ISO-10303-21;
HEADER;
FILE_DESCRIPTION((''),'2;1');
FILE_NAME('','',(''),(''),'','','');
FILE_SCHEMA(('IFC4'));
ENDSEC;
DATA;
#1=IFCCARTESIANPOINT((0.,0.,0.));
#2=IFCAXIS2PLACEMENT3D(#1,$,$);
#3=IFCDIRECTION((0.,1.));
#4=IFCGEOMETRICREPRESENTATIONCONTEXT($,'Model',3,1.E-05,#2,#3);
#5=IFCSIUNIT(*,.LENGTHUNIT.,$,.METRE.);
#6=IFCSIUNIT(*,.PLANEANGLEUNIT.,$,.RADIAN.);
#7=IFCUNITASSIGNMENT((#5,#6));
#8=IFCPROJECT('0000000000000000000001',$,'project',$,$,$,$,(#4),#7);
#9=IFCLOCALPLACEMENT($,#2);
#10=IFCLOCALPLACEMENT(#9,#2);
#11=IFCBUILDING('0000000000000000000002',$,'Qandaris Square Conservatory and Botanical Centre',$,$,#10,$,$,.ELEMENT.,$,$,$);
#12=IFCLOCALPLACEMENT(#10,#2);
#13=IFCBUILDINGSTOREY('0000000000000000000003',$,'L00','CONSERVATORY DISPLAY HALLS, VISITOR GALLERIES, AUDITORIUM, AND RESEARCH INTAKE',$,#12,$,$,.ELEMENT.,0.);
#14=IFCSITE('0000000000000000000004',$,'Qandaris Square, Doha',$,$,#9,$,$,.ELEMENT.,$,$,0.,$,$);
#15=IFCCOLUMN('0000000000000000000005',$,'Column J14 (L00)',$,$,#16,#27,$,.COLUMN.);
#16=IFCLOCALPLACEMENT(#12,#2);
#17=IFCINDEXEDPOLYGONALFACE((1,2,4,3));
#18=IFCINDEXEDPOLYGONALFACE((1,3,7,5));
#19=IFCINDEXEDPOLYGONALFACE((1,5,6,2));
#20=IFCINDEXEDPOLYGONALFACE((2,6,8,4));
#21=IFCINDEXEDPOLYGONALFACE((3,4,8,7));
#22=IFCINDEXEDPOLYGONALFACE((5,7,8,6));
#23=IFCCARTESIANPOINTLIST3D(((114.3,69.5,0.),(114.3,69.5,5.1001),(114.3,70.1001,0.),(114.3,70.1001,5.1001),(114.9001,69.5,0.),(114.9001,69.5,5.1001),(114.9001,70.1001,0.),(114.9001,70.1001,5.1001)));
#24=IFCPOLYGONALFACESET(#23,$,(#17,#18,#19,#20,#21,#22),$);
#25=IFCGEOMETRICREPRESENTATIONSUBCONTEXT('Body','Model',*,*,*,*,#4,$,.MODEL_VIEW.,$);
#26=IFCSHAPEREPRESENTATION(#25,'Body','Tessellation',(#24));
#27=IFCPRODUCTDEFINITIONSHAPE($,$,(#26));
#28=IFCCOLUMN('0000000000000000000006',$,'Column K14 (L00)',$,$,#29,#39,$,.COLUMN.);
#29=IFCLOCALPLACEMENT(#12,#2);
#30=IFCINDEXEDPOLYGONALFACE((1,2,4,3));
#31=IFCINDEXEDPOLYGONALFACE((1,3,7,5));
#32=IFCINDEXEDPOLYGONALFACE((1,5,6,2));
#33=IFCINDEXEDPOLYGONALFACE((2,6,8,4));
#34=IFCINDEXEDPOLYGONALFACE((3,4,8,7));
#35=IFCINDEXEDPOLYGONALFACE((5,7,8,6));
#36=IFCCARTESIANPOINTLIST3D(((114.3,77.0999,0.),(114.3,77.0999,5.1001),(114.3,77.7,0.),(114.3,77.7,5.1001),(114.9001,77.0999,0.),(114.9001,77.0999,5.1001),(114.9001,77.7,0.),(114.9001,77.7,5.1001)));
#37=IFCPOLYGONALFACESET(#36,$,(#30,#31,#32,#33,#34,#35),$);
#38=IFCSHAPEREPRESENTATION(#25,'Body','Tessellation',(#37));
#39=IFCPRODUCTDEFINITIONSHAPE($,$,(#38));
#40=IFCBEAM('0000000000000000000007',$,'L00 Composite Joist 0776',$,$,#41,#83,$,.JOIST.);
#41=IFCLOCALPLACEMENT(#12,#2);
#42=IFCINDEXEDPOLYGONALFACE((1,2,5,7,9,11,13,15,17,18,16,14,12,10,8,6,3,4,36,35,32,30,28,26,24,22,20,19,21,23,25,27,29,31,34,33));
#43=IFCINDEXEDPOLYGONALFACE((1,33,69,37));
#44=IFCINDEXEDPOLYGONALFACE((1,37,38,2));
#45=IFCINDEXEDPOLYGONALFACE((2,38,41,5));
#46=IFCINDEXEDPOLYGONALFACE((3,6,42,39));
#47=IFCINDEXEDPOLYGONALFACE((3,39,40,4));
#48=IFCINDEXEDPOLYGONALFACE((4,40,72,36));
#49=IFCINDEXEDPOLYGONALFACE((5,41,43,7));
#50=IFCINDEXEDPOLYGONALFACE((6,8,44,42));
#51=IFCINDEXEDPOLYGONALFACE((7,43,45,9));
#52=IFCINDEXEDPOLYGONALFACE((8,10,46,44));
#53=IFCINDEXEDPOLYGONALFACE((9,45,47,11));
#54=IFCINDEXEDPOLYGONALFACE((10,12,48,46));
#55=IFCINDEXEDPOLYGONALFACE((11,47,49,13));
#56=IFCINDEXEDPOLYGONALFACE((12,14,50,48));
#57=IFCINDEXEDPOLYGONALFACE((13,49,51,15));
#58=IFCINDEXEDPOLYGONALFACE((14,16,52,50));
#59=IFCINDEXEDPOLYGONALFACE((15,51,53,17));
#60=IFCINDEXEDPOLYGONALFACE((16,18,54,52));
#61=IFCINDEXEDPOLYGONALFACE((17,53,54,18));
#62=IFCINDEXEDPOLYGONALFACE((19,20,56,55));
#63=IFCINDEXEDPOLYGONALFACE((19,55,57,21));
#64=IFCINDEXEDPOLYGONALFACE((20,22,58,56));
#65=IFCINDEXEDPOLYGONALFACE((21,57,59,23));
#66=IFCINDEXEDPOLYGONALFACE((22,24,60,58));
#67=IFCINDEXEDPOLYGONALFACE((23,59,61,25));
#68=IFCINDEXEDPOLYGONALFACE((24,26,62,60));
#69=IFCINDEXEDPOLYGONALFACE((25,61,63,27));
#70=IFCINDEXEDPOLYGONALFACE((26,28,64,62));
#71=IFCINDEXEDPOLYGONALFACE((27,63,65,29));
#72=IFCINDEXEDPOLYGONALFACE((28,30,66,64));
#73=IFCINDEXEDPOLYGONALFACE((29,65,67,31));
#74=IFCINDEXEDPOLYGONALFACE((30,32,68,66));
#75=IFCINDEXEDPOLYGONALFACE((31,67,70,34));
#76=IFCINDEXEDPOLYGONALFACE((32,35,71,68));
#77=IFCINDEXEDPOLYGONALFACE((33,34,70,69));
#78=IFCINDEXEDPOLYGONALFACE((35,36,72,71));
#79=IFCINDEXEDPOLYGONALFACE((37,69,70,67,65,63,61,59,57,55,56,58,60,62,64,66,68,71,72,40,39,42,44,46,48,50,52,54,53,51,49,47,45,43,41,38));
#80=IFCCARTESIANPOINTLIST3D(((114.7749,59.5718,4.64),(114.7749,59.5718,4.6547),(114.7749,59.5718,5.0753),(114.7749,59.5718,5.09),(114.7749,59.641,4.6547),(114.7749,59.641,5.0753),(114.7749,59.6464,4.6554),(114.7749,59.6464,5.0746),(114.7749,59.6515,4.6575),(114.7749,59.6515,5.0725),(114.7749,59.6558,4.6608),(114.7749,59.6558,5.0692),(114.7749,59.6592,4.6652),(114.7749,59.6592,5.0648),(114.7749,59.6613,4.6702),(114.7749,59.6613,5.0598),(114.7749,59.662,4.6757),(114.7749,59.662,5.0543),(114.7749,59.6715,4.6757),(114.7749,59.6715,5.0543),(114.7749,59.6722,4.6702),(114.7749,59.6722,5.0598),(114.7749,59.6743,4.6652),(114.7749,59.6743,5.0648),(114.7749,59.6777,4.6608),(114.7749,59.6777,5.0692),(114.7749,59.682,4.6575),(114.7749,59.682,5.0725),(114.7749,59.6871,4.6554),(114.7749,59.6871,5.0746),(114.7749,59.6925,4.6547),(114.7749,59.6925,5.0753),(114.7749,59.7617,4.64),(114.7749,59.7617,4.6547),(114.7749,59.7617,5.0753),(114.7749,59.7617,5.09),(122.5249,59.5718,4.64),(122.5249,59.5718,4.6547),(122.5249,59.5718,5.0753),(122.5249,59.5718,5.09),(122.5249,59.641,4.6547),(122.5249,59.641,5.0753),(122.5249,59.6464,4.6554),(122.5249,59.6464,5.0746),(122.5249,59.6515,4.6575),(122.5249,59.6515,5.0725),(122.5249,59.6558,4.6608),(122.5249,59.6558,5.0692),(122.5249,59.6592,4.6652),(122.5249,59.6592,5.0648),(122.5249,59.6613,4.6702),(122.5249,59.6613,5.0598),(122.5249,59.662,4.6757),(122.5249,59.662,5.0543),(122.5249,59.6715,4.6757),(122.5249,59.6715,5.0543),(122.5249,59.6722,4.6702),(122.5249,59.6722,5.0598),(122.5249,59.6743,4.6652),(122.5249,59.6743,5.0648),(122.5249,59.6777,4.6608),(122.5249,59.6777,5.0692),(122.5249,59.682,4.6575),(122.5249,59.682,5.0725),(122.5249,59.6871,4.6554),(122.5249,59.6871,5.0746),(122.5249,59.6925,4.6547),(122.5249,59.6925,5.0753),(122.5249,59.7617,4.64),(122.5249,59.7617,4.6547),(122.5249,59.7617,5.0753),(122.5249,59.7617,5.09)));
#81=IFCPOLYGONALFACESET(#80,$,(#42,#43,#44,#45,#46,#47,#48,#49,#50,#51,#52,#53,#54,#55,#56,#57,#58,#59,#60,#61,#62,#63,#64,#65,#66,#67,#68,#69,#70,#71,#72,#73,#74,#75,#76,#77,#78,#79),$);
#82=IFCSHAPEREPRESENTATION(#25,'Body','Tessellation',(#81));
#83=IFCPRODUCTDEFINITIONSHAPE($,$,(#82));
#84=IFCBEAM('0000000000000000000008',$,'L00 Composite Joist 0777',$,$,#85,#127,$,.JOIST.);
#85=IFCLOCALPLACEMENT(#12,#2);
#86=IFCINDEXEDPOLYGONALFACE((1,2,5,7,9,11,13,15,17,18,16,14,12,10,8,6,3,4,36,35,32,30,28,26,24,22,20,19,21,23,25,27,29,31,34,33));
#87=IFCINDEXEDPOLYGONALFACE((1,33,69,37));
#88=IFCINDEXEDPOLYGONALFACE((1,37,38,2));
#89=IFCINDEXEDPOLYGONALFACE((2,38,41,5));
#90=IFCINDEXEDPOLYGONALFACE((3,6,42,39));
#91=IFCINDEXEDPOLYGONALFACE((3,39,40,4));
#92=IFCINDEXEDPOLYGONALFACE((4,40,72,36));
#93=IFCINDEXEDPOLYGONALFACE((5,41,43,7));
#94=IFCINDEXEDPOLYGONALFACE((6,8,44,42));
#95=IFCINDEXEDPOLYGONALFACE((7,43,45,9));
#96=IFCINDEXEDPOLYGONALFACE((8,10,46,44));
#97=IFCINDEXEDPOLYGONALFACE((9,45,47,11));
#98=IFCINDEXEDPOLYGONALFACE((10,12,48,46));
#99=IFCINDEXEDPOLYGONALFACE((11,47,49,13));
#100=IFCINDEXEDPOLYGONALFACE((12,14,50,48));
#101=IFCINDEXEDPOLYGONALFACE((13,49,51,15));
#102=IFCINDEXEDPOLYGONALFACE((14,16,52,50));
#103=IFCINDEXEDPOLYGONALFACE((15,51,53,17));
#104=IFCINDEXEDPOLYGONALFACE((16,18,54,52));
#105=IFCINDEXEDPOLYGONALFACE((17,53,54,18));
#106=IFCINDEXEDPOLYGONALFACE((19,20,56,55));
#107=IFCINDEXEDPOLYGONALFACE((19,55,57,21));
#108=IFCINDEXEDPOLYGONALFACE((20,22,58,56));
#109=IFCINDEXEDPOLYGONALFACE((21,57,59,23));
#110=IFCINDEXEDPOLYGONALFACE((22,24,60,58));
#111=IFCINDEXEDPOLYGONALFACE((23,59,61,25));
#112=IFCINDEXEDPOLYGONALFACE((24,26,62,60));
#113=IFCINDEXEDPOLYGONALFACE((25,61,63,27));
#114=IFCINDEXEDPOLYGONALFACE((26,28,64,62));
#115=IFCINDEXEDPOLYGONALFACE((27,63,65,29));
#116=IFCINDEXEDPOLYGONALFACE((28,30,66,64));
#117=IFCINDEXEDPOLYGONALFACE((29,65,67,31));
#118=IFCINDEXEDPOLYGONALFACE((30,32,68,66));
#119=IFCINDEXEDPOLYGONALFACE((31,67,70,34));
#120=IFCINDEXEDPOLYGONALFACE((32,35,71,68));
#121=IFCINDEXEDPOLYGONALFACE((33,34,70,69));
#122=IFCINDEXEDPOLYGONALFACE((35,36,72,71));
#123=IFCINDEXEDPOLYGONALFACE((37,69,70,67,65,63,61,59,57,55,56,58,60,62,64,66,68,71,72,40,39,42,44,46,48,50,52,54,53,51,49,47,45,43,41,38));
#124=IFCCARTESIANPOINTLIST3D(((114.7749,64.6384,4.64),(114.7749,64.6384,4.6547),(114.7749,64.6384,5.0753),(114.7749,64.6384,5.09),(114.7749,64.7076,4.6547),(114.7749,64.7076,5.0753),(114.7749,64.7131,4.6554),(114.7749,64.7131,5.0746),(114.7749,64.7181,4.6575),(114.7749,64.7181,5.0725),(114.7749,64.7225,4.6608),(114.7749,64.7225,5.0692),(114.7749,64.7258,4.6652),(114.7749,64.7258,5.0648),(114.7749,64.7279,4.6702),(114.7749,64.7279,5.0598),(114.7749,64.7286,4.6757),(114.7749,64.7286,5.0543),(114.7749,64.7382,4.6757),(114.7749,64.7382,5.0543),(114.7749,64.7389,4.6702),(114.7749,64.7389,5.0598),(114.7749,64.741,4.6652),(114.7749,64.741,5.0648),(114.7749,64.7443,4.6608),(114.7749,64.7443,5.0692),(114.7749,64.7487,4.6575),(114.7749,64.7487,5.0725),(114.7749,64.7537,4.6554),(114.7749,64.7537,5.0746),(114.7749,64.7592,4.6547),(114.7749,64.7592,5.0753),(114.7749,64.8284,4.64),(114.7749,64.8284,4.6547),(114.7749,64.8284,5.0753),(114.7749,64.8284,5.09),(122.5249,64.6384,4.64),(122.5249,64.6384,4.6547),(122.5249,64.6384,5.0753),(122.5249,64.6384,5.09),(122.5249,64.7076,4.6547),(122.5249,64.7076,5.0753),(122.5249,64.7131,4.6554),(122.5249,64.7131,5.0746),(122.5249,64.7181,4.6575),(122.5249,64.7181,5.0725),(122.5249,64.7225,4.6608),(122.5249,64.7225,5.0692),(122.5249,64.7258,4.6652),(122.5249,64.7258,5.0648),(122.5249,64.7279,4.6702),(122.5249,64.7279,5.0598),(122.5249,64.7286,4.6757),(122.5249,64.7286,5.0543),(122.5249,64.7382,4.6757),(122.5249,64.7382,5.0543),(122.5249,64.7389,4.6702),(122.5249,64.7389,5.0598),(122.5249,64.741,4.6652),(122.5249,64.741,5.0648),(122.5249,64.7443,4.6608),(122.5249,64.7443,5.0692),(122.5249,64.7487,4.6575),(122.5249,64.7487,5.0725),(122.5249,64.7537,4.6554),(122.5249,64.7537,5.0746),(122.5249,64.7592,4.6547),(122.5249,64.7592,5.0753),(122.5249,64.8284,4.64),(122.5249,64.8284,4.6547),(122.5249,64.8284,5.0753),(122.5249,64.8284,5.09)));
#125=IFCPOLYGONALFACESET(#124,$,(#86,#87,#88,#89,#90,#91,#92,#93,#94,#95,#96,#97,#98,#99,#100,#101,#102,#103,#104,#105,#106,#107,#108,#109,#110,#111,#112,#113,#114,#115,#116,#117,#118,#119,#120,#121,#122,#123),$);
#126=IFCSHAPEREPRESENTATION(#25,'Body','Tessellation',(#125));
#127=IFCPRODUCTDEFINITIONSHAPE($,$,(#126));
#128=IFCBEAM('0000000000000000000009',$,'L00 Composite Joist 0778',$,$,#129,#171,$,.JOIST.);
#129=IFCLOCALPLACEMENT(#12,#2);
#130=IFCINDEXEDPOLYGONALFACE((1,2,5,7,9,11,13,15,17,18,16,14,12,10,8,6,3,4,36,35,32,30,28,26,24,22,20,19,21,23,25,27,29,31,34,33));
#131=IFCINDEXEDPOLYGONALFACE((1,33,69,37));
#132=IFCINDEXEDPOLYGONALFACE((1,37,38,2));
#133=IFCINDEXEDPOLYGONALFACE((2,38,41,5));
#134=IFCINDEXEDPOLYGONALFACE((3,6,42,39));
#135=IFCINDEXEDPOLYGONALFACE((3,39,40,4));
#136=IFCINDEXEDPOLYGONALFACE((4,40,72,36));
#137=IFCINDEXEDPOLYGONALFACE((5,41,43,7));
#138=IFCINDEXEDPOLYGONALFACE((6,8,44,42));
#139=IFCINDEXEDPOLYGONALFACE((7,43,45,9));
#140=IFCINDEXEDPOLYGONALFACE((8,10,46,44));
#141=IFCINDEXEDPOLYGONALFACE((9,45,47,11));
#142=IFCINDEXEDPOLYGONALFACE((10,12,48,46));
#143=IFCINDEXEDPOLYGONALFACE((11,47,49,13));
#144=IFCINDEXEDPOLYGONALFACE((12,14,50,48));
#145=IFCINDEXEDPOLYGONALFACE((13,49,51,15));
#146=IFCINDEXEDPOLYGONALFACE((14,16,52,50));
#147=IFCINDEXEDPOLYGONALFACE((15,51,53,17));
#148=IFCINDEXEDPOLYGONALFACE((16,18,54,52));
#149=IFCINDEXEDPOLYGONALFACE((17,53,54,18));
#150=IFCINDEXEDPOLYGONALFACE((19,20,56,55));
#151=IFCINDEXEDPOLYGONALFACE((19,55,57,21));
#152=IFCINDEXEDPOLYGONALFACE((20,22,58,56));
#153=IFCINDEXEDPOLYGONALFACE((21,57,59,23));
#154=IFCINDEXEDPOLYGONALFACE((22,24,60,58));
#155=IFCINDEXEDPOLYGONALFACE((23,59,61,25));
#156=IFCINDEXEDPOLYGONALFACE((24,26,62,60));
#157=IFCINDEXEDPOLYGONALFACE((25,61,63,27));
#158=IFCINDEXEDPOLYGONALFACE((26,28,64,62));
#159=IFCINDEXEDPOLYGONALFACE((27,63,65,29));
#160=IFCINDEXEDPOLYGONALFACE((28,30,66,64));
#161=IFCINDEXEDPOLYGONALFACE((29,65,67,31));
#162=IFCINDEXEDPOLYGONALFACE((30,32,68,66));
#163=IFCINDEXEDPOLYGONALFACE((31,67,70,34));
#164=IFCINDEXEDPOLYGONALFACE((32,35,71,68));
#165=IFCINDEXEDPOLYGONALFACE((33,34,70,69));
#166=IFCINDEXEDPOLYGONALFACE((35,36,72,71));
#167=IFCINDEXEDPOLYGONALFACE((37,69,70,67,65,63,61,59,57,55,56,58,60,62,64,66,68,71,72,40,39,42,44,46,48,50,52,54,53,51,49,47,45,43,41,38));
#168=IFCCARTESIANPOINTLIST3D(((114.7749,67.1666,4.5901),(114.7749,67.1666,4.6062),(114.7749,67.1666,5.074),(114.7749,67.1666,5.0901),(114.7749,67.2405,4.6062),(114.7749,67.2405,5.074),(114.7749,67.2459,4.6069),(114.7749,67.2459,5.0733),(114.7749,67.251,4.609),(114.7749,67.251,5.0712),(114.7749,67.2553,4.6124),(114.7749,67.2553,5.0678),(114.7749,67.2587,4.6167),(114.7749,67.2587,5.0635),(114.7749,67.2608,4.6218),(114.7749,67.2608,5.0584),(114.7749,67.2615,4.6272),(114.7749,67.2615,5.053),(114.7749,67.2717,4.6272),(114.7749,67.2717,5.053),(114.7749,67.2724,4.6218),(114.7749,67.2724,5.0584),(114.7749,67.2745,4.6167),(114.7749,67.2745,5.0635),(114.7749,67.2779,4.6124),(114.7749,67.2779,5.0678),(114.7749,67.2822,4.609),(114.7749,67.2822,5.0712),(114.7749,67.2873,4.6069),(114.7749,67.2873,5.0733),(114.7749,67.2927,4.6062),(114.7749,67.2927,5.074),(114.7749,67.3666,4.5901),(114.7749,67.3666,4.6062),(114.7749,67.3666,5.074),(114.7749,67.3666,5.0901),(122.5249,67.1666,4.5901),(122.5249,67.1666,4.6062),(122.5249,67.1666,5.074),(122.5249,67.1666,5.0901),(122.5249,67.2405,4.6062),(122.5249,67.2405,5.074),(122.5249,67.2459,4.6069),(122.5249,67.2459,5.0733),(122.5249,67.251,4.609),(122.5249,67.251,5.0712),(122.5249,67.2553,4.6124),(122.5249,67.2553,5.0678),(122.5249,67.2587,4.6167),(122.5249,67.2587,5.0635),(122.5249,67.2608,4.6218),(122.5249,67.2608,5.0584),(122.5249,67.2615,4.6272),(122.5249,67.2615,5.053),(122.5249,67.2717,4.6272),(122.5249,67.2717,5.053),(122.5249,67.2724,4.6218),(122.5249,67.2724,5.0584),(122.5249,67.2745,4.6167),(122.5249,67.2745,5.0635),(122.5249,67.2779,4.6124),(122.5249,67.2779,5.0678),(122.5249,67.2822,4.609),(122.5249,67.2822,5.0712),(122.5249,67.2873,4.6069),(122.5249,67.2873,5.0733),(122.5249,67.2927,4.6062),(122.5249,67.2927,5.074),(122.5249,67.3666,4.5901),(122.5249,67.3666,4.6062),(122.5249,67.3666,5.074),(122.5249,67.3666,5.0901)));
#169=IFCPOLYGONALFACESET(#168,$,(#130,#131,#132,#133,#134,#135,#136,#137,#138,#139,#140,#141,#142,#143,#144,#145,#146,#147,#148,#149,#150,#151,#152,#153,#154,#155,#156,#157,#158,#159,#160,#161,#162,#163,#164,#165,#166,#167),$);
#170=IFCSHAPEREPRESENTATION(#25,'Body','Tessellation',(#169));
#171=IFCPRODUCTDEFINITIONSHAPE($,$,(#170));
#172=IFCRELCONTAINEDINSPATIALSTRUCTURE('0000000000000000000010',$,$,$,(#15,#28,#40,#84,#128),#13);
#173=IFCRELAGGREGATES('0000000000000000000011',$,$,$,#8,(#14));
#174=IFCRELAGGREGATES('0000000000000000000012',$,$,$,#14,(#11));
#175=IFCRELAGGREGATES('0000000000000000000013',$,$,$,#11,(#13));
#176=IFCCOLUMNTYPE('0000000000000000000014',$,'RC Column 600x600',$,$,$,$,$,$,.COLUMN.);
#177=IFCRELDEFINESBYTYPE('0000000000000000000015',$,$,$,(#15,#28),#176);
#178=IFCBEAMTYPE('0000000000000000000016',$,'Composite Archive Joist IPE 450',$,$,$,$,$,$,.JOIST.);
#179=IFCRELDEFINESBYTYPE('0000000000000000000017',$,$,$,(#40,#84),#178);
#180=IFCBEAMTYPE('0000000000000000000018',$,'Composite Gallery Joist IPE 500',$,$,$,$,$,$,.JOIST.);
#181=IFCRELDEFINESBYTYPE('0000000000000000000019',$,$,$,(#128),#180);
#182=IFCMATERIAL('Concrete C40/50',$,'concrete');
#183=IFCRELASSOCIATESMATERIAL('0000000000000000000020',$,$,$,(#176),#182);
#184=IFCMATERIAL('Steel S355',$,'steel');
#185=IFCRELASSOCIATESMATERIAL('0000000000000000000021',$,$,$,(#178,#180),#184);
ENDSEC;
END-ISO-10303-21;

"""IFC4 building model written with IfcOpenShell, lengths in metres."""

from ifc_helpers import new_model, si_unit, direction, frame, origin, origin_2d, place, context, subcontext, project, spatial, rectangle, i_section, extrude, material, material_profile, profile_set, type_object, element, save


model = new_model("IFC4")

# Units and contexts
model_context = context("Model", 3, precision=1e-05, world=origin(), true_north=direction((0.0, 1.0)))
body_context = subcontext(model_context, "Body", "Model", "MODEL_VIEW")
ifc_project = project(units=[si_unit("LENGTHUNIT", "METRE"), si_unit("PLANEANGLEUNIT", "RADIAN")], contexts=[model_context])

# Site, building, storey
site_placement = place(None, origin())
site = spatial("IfcSite", under=ifc_project, at=site_placement, Name="Qandaris Square, Doha", CompositionType="ELEMENT", RefElevation=0.0)
building_placement = place(site_placement, origin())
building = spatial("IfcBuilding", under=site, at=building_placement, Name="Qandaris Square Conservatory and Botanical Centre", CompositionType="ELEMENT")
storey_placement = place(building_placement, origin())
storey = spatial("IfcBuildingStorey", under=building, at=storey_placement, Name="L00", Description="CONSERVATORY DISPLAY HALLS, VISITOR GALLERIES, AUDITORIUM, AND RESEARCH INTAKE", CompositionType="ELEMENT", Elevation=0.0)

# Columns
ifc_material_1 = material(Name="Concrete C40/50", Category="concrete")
ifc_material_profile_1 = material_profile(ifc_material_1, rectangle(XDim=0.6001, YDim=0.6001, at=origin_2d()), Name="RC-COL 600x600")
ifc_profile_set_1 = profile_set([ifc_material_profile_1], Name="Concrete C40/50")
column_type = type_object("IfcColumnType", Name="RC Column 600x600", PredefinedType="COLUMN", material=ifc_profile_set_1)
for number, where, z_axis, x_axis, name in (
    (1, (114.6001, 69.8, 0.0), (0.0, 0.0, 1.0), (1.0, 0.0, 0.0), "Column J14 (L00)"),
    (2, (114.6001, 77.3999, 0.0), (0.0, 0.0, 1.0), (1.0, 0.0, 0.0), "Column K14 (L00)"),
):
    element("IfcColumn", number, at=place(storey_placement, frame(where, z_axis=z_axis, x_axis=x_axis)), inside=storey, type_object=column_type, Name=name, PredefinedType="COLUMN", context=body_context, shape_type="SweptSolid", body=[
        extrude(rectangle(XDim=0.6001, YDim=0.6001, at=origin_2d()), origin(), (0.0, 0.0, 1.0), 5.1001),
    ])

# Beams
ifc_material_2 = material(Name="Steel S355", Category="steel")
ifc_material_profile_2 = material_profile(ifc_material_2, i_section(OverallWidth=0.1899, OverallDepth=0.45, WebThickness=0.0095, FlangeThickness=0.0146, FilletRadius=0.021, at=origin_2d()), Name="IPE 450")
ifc_profile_set_2 = profile_set([ifc_material_profile_2], Name="Steel S355")
beam_type_1 = type_object("IfcBeamType", Name="Composite Archive Joist IPE 450", PredefinedType="JOIST", material=ifc_profile_set_2)
for number, where, z_axis, x_axis, name in (
    (3, (114.7749, 59.6667, 4.865), (1.0, 0.0, 0.0), (0.0, 1.0, 0.0), "L00 Composite Joist 0776"),
    (4, (114.7749, 64.7334, 4.865), (1.0, 0.0, 0.0), (0.0, 1.0, 0.0), "L00 Composite Joist 0777"),
):
    element("IfcBeam", number, at=place(storey_placement, frame(where, z_axis=z_axis, x_axis=x_axis)), inside=storey, type_object=beam_type_1, Name=name, PredefinedType="JOIST", context=body_context, shape_type="SweptSolid", body=[
        extrude(i_section(OverallWidth=0.1899, OverallDepth=0.45, WebThickness=0.0095, FlangeThickness=0.0146, FilletRadius=0.021, at=origin_2d()), origin(), (0.0, 0.0, 1.0), 7.75),
    ])
ifc_material_profile_3 = material_profile(ifc_material_2, i_section(OverallWidth=0.2, OverallDepth=0.5, WebThickness=0.0103, FlangeThickness=0.0161, FilletRadius=0.021, at=origin_2d()), Name="IPE 500")
ifc_profile_set_3 = profile_set([ifc_material_profile_3], Name="Steel S355")
beam_type_2 = type_object("IfcBeamType", Name="Composite Gallery Joist IPE 500", PredefinedType="JOIST", material=ifc_profile_set_3)
for number, where, z_axis, x_axis, name in (
    (5, (114.7749, 67.2666, 4.8401), (1.0, 0.0, 0.0), (0.0, 1.0, 0.0), "L00 Composite Joist 0778"),
):
    element("IfcBeam", number, at=place(storey_placement, frame(where, z_axis=z_axis, x_axis=x_axis)), inside=storey, type_object=beam_type_2, Name=name, PredefinedType="JOIST", context=body_context, shape_type="SweptSolid", body=[
        extrude(i_section(OverallWidth=0.2, OverallDepth=0.5, WebThickness=0.0103, FlangeThickness=0.0161, FilletRadius=0.021, at=origin_2d()), origin(), (0.0, 0.0, 1.0), 7.75),
    ])

save(model, "model.ifc")
